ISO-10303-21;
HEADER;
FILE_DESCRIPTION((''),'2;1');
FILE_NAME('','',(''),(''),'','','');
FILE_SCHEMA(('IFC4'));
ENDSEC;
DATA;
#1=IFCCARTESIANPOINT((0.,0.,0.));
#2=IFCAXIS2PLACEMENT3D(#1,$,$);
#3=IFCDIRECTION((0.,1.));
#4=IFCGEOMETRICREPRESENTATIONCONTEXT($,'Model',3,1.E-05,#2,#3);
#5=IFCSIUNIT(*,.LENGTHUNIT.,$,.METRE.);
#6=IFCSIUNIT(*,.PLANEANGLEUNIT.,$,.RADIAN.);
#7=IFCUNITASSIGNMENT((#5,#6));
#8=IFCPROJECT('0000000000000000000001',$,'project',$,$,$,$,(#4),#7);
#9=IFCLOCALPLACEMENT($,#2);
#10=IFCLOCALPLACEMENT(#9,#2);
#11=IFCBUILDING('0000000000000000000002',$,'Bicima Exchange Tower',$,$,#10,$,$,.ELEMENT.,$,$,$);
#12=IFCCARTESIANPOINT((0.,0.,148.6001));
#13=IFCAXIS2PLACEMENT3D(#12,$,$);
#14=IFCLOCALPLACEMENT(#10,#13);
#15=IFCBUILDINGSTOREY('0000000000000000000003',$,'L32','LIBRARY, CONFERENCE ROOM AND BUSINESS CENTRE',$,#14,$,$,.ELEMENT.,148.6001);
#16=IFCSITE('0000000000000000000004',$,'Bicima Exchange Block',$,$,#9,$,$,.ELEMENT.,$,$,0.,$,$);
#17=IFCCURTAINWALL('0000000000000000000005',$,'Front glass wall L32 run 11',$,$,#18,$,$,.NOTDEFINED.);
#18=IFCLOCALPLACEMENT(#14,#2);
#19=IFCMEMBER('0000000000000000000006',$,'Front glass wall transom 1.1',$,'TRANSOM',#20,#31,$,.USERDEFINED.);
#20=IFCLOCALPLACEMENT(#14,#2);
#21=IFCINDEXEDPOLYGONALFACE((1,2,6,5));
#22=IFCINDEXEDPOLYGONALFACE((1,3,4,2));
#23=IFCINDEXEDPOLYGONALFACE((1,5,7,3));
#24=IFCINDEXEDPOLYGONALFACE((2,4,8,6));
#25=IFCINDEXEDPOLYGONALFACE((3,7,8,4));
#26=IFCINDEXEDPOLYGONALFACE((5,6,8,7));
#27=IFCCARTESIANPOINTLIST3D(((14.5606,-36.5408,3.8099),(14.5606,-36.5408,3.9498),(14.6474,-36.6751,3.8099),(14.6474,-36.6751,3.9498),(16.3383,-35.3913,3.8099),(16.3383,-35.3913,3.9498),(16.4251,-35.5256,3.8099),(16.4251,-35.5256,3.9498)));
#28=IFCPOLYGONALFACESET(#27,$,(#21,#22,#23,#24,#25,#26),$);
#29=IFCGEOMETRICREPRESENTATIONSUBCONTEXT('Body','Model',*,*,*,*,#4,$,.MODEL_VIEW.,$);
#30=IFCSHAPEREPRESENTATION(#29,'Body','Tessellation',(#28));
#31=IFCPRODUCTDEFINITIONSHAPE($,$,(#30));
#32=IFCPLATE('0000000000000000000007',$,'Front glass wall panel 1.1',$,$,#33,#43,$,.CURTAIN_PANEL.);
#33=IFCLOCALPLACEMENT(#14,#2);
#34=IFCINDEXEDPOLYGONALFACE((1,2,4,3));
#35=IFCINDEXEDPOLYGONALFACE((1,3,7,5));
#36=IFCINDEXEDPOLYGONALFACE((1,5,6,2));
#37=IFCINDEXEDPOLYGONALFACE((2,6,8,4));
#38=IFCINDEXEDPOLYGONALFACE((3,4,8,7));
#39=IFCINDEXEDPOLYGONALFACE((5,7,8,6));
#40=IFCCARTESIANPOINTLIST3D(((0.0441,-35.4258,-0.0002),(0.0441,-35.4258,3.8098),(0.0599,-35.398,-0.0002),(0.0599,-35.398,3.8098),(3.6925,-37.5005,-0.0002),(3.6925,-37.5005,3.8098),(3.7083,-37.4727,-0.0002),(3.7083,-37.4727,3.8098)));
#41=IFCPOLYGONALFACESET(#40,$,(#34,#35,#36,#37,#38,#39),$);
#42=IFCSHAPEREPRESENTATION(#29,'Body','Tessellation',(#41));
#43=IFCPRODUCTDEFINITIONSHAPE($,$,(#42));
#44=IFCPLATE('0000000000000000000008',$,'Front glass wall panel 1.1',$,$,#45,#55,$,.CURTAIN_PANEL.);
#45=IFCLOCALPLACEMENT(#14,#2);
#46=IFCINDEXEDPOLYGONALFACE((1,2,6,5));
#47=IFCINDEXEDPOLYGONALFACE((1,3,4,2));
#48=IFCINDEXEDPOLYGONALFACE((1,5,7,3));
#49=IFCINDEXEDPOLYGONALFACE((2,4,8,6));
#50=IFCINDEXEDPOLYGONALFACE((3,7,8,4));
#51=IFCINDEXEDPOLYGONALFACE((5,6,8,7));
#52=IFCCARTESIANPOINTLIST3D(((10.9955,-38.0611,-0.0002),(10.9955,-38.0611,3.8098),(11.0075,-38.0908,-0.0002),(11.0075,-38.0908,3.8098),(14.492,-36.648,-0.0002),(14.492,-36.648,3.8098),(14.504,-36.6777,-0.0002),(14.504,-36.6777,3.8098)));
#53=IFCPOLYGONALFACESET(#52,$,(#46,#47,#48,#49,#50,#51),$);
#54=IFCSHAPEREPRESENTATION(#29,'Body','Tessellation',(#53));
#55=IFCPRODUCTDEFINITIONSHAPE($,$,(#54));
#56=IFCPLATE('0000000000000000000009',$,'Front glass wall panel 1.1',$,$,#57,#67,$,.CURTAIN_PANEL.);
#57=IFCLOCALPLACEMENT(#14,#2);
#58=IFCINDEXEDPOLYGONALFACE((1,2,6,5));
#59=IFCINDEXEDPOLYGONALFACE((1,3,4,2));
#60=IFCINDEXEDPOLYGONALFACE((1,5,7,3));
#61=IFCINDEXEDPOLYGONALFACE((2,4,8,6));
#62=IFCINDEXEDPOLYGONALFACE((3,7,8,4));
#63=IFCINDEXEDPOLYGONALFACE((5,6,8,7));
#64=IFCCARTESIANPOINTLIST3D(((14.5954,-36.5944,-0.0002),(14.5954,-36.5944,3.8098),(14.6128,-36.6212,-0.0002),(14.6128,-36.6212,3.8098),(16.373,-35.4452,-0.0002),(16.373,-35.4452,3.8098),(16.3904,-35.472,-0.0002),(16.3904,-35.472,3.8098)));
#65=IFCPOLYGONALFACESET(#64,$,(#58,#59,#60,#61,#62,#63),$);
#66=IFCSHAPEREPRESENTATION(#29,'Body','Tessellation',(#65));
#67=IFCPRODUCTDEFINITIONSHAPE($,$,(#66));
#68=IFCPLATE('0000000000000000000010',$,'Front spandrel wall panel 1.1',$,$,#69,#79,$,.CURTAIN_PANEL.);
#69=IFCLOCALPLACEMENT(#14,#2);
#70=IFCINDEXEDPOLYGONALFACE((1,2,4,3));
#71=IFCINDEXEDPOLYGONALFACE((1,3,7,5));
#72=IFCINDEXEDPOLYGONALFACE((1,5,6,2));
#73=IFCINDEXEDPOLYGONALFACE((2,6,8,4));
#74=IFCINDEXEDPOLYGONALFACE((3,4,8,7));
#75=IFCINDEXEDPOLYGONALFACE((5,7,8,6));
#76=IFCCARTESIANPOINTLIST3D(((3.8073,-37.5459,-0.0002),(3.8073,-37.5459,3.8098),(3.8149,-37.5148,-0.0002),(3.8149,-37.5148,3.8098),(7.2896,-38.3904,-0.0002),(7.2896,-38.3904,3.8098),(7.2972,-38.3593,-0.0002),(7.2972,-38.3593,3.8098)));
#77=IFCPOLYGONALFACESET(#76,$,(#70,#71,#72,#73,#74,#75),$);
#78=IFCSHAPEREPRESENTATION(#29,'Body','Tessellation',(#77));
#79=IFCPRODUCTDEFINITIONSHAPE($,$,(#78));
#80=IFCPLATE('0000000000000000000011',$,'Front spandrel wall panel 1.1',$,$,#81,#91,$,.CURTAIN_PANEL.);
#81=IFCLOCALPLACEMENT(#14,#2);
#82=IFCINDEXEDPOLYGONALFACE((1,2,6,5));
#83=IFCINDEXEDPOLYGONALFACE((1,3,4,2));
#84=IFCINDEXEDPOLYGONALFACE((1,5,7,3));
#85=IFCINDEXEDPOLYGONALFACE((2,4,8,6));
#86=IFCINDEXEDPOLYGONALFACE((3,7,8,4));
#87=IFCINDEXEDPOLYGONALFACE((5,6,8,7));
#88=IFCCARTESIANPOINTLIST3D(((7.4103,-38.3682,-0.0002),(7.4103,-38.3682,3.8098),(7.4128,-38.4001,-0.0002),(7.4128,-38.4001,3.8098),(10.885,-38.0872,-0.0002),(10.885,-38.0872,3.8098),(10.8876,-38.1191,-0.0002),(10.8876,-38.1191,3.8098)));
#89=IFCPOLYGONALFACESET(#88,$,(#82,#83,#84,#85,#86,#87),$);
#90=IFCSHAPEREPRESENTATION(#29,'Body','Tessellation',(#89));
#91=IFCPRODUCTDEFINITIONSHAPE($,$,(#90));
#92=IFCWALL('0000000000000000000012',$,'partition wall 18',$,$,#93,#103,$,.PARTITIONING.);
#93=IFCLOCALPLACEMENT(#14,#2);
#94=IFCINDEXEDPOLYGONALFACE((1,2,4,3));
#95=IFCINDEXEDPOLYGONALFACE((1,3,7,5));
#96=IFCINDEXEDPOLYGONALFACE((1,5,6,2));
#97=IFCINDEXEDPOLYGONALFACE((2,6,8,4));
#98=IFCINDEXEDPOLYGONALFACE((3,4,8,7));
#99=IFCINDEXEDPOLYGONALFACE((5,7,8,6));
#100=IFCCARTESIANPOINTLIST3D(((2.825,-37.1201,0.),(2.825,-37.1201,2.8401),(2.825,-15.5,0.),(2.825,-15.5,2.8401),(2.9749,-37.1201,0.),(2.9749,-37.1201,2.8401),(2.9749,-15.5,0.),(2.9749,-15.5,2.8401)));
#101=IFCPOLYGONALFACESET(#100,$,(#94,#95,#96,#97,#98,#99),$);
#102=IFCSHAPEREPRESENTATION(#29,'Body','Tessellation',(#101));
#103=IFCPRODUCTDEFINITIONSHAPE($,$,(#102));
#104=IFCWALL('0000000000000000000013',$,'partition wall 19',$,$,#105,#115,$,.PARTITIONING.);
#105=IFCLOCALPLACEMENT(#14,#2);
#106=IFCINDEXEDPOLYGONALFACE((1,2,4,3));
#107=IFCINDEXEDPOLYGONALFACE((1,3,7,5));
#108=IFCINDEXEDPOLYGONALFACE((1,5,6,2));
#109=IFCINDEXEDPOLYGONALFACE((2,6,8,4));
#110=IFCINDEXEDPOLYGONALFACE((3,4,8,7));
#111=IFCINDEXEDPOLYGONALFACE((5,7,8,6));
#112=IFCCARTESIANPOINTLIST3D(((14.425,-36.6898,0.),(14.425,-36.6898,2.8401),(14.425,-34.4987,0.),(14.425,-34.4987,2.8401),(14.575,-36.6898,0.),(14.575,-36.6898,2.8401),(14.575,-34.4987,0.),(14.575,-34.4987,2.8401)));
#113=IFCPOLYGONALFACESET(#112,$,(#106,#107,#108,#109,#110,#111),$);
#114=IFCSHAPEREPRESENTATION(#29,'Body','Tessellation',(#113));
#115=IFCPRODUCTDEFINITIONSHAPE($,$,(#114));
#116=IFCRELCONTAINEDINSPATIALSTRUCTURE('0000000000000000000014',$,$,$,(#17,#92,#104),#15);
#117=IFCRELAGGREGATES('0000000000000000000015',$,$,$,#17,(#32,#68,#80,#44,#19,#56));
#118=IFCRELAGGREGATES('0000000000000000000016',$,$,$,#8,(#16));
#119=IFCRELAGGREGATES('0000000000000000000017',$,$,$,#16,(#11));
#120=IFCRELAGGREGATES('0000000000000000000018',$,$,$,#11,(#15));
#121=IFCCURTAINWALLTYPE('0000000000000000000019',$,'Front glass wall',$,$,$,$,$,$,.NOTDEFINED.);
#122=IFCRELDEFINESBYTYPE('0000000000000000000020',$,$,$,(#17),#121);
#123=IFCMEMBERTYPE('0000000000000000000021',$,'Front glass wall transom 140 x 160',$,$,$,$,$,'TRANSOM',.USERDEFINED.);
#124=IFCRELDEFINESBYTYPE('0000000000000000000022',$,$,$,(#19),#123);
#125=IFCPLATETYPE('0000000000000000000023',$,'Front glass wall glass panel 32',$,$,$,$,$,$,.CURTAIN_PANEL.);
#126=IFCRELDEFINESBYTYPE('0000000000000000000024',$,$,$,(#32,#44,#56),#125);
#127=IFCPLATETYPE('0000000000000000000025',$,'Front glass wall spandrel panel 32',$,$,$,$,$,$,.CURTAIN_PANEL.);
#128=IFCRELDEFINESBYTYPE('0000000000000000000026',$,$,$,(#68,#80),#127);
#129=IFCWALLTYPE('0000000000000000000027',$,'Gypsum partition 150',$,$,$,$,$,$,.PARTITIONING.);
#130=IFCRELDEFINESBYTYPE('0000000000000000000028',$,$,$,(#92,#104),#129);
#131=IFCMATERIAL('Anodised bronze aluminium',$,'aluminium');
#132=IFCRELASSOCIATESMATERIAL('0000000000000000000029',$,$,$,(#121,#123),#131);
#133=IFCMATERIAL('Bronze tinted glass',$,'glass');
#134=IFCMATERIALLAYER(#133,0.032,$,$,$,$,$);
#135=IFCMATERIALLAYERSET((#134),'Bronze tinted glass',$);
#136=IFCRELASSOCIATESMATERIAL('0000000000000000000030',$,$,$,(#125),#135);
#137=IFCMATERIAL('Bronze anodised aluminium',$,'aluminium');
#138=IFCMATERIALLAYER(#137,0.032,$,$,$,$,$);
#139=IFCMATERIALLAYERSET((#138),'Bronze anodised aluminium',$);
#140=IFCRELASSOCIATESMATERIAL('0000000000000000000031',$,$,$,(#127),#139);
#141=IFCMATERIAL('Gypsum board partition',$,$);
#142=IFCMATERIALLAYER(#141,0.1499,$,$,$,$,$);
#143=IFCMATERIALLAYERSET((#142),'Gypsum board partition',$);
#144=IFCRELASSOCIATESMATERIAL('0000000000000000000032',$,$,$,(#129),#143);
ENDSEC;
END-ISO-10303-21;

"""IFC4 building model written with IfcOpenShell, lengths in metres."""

from ifc_helpers import new_model, si_unit, direction, frame, frame_2d, origin, origin_2d, place, context, subcontext, project, spatial, rectangle, extrude, material, layer, layer_set, material_profile, profile_set, type_object, element, aggregate, save


model = new_model("IFC4")

# Units and contexts
model_context = context("Model", 3, precision=1e-05, world=origin(), true_north=direction((0.0, 1.0)))
body_context = subcontext(model_context, "Body", "Model", "MODEL_VIEW")
ifc_project = project(units=[si_unit("LENGTHUNIT", "METRE"), si_unit("PLANEANGLEUNIT", "RADIAN")], contexts=[model_context])

# Site, building, storey
site_placement = place(None, origin())
site = spatial("IfcSite", under=ifc_project, at=site_placement, Name="Bicima Exchange Block", CompositionType="ELEMENT", RefElevation=0.0)
building_placement = place(site_placement, origin())
building = spatial("IfcBuilding", under=site, at=building_placement, Name="Bicima Exchange Tower", CompositionType="ELEMENT")
storey_placement = place(building_placement, frame((0.0, 0.0, 148.6001)))
storey = spatial("IfcBuildingStorey", under=building, at=storey_placement, Name="L32", Description="LIBRARY, CONFERENCE ROOM AND BUSINESS CENTRE", CompositionType="ELEMENT", Elevation=148.6001)

# Curtain wall, member, plates
ifc_material_1 = material(Name="Anodised bronze aluminium", Category="aluminium")
curtain_wall_type = type_object("IfcCurtainWallType", Name="Front glass wall", PredefinedType="NOTDEFINED", material=ifc_material_1)
curtain_wall_placement = place(storey_placement, origin())
curtain_wall = element("IfcCurtainWall", 1, at=curtain_wall_placement, inside=storey, type_object=curtain_wall_type, Name="Front glass wall L32 run 11", PredefinedType="NOTDEFINED")
ifc_material_profile_1 = material_profile(ifc_material_1, rectangle(XDim=0.1599, YDim=0.1399, at=origin_2d()))
ifc_profile_set_1 = profile_set([ifc_material_profile_1], Name="Anodised bronze aluminium")
member_type_1 = type_object("IfcMemberType", Name="Front glass wall transom 140 x 160", ElementType="TRANSOM", PredefinedType="USERDEFINED", material=ifc_profile_set_1)
member_1_placement = place(storey_placement, frame((14.604, -36.6079, 3.8799), z_axis=(0.83974, 0.542988, 0.0), x_axis=(-0.542988, 0.83974, 0.0)))
member_1 = element("IfcMember", 2, at=member_1_placement, type_object=member_type_1, Name="Front glass wall transom 1.1", ObjectType="TRANSOM", PredefinedType="USERDEFINED", context=body_context, shape_type="SweptSolid", body=[
    extrude(rectangle(XDim=0.1599, YDim=0.1399, at=origin_2d()), origin(), (0.0, 0.0, 1.0), 2.1169),
])
ifc_material_2 = material(Name="Bronze tinted glass", Category="glass")
ifc_layer_1 = layer(ifc_material_2, 0.032)
ifc_layer_set_1 = layer_set([ifc_layer_1], Name="Bronze tinted glass")
plate_type_1 = type_object("IfcPlateType", Name="Front glass wall glass panel 32", PredefinedType="CURTAIN_PANEL", material=ifc_layer_set_1)
plate_1_placement = place(storey_placement, frame((1.8762, -36.4492, -0.0002), z_axis=(0.0, 0.0, 1.0), x_axis=(0.869274, -0.49433, 0.0)))
plate_1 = element("IfcPlate", 3, at=plate_1_placement, type_object=plate_type_1, Name="Front glass wall panel 1.1", PredefinedType="CURTAIN_PANEL", context=body_context, shape_type="SweptSolid", body=[
    extrude(rectangle(XDim=4.197, YDim=0.032, at=origin_2d()), origin(), (0.0, 0.0, 1.0), 3.8101),
])
plate_2_placement = place(storey_placement, frame((12.7498, -37.3694, -0.0002), z_axis=(0.0, 0.0, 1.0), x_axis=(0.927144, 0.374705, 0.0)))
plate_2 = element("IfcPlate", 4, at=plate_2_placement, type_object=plate_type_1, Name="Front glass wall panel 1.1", PredefinedType="CURTAIN_PANEL", context=body_context, shape_type="SweptSolid", body=[
    extrude(rectangle(XDim=3.7712, YDim=0.032, at=origin_2d()), origin(), (0.0, 0.0, 1.0), 3.8101),
])
plate_3_placement = place(storey_placement, frame((15.4929, -36.0332, -0.0002), z_axis=(0.0, 0.0, 1.0), x_axis=(0.839791, 0.542909, 0.0)))
plate_3 = element("IfcPlate", 5, at=plate_3_placement, type_object=plate_type_1, Name="Front glass wall panel 1.1", PredefinedType="CURTAIN_PANEL", context=body_context, shape_type="SweptSolid", body=[
    extrude(rectangle(XDim=2.1167, YDim=0.032, at=origin_2d()), origin(), (0.0, 0.0, 1.0), 3.8101),
])
ifc_material_3 = material(Name="Bronze anodised aluminium", Category="aluminium")
ifc_layer_2 = layer(ifc_material_3, 0.032)
ifc_layer_set_2 = layer_set([ifc_layer_2], Name="Bronze anodised aluminium")
plate_type_2 = type_object("IfcPlateType", Name="Front glass wall spandrel panel 32", PredefinedType="CURTAIN_PANEL", material=ifc_layer_set_2)
plate_4_placement = place(storey_placement, frame((5.5522, -37.9526, -0.0002), z_axis=(0.0, 0.0, 1.0), x_axis=(0.97183, -0.235682, 0.0)))
plate_4 = element("IfcPlate", 6, at=plate_4_placement, type_object=plate_type_2, Name="Front spandrel wall panel 1.1", PredefinedType="CURTAIN_PANEL", context=body_context, shape_type="SweptSolid", body=[
    extrude(rectangle(XDim=3.5833, YDim=0.032, at=origin_2d()), origin(), (0.0, 0.0, 1.0), 3.8101),
])
plate_5_placement = place(storey_placement, frame((9.1489, -38.2437, -0.0002), z_axis=(0.0, 0.0, 1.0), x_axis=(0.996747, 0.080589, 0.0)))
plate_5 = element("IfcPlate", 7, at=plate_5_placement, type_object=plate_type_2, Name="Front spandrel wall panel 1.1", PredefinedType="CURTAIN_PANEL", context=body_context, shape_type="SweptSolid", body=[
    extrude(rectangle(XDim=3.4861, YDim=0.032, at=origin_2d()), origin(), (0.0, 0.0, 1.0), 3.8101),
])
aggregate(curtain_wall, [plate_1, plate_4, plate_5, plate_2, member_1, plate_3])

# Walls
ifc_material_4 = material(Name="Gypsum board partition")
ifc_layer_3 = layer(ifc_material_4, 0.1499)
ifc_layer_set_3 = layer_set([ifc_layer_3], Name="Gypsum board partition")
wall_type = type_object("IfcWallType", Name="Gypsum partition 150", PredefinedType="PARTITIONING", material=ifc_layer_set_3)
wall_1_placement = place(storey_placement, frame((2.8999, -37.1201, 0.0), z_axis=(0.0, 0.0, 1.0), x_axis=(0.0, 1.0, 0.0)))
element("IfcWall", 8, at=wall_1_placement, inside=storey, type_object=wall_type, Name="partition wall 18", PredefinedType="PARTITIONING", context=body_context, shape_type="SweptSolid", body=[
    extrude(rectangle(XDim=21.6201, YDim=0.1499, at=frame_2d((10.8101, 0.0))), origin(), (0.0, 0.0, 1.0), 2.8401),
])
wall_2_placement = place(storey_placement, frame((14.5, -36.6899, 0.0), z_axis=(0.0, 0.0, 1.0), x_axis=(0.0, 1.0, 0.0)))
element("IfcWall", 9, at=wall_2_placement, inside=storey, type_object=wall_type, Name="partition wall 19", PredefinedType="PARTITIONING", context=body_context, shape_type="SweptSolid", body=[
    extrude(rectangle(XDim=2.1912, YDim=0.1499, at=frame_2d((1.0957, 0.0))), origin(), (0.0, 0.0, 1.0), 2.8401),
])

save(model, "model.ifc")
